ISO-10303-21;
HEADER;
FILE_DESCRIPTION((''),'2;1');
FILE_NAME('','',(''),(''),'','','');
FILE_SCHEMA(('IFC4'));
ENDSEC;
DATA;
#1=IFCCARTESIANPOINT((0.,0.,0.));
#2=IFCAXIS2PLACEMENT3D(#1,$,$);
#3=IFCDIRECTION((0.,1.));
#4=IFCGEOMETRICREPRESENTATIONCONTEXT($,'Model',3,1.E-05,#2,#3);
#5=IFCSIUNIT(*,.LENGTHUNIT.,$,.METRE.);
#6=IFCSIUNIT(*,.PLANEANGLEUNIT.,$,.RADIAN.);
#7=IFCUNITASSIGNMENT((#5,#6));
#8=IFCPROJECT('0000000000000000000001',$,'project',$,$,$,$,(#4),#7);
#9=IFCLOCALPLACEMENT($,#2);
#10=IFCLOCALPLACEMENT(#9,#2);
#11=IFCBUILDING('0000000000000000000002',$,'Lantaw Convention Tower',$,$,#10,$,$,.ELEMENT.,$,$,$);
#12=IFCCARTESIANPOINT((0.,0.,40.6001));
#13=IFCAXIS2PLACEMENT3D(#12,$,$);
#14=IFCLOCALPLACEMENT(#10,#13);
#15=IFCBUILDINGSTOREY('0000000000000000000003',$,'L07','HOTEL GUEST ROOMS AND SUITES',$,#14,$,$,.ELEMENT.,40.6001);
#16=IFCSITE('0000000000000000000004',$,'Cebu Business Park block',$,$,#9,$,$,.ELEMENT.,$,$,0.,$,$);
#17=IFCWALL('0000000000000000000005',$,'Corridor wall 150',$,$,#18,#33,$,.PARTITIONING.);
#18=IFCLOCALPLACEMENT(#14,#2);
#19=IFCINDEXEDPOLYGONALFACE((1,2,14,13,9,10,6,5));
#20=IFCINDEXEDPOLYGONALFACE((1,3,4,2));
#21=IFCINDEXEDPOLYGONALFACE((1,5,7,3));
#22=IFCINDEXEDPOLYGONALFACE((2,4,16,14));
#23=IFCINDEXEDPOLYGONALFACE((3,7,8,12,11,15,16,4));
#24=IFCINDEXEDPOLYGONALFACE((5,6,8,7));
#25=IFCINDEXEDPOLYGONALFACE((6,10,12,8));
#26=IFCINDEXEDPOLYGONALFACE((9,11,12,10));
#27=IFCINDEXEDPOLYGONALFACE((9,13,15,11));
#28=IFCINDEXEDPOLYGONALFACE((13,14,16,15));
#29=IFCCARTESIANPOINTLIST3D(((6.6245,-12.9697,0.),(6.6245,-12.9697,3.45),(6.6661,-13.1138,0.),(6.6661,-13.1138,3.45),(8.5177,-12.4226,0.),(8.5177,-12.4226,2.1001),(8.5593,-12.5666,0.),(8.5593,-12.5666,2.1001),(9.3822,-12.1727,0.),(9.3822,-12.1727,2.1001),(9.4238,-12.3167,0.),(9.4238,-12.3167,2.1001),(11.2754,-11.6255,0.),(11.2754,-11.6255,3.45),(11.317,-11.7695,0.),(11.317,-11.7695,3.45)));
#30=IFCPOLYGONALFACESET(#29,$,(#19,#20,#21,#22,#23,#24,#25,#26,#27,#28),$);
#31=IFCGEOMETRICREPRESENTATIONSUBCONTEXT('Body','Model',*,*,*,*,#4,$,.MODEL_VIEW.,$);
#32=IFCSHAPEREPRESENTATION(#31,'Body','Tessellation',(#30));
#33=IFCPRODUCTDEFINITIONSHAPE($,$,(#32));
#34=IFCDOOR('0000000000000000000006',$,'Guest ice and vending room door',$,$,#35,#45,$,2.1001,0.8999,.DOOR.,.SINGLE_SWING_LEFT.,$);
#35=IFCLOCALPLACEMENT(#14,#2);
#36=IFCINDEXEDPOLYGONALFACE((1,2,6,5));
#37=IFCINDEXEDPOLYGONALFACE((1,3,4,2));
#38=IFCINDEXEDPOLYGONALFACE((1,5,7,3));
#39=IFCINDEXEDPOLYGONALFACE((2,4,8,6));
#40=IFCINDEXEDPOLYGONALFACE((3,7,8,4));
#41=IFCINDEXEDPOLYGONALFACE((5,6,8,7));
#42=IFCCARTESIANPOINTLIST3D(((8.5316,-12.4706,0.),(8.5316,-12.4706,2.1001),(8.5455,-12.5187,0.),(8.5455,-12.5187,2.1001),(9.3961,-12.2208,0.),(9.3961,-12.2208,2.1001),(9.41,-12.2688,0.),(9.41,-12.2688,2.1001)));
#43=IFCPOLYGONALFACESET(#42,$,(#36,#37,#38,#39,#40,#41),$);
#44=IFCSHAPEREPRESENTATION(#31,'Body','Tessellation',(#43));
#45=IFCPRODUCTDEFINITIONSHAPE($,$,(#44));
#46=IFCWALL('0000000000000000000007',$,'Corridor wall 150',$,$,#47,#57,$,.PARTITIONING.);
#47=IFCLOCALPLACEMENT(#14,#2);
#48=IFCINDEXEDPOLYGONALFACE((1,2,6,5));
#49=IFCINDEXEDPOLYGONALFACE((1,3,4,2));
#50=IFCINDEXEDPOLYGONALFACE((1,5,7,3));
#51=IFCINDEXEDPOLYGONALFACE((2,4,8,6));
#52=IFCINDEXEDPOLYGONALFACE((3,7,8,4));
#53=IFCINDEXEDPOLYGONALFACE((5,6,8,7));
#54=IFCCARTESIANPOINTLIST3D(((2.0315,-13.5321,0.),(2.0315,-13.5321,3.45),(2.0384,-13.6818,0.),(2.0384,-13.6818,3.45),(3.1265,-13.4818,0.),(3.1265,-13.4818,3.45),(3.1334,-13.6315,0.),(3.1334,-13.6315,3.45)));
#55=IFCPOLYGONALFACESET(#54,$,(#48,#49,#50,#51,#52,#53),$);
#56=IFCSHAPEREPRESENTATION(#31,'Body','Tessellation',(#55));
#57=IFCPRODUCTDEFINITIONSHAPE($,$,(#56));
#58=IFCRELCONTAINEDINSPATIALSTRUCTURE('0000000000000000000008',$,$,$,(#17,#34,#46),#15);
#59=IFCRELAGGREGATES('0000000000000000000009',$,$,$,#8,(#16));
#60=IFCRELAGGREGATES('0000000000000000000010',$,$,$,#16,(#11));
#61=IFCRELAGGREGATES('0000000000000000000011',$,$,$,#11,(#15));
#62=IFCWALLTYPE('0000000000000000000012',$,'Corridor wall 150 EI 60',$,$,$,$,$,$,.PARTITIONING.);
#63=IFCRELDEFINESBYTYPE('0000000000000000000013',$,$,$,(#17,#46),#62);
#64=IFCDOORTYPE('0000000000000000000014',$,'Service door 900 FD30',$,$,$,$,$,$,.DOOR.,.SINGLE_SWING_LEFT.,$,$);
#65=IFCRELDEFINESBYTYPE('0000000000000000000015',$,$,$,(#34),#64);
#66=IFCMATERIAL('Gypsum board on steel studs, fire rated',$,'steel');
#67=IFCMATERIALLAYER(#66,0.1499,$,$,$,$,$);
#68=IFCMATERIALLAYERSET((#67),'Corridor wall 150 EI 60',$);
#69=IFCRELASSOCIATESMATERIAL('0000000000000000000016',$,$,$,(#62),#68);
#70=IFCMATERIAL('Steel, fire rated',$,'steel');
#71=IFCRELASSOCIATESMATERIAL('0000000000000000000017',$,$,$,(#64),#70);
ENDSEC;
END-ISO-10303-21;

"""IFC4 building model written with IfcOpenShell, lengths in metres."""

from ifc_helpers import new_model, si_unit, direction, frame, frame_2d, origin, place, context, subcontext, project, spatial, rectangle, extrude, material, layer, layer_set, type_object, element, fill, save


model = new_model("IFC4")

# Units and contexts
model_context = context("Model", 3, precision=1e-05, world=origin(), true_north=direction((0.0, 1.0)))
body_context = subcontext(model_context, "Body", "Model", "MODEL_VIEW")
ifc_project = project(units=[si_unit("LENGTHUNIT", "METRE"), si_unit("PLANEANGLEUNIT", "RADIAN")], contexts=[model_context])

# Site, building, storey
site_placement = place(None, origin())
site = spatial("IfcSite", under=ifc_project, at=site_placement, Name="Cebu Business Park block", CompositionType="ELEMENT", RefElevation=0.0)
building_placement = place(site_placement, origin())
building = spatial("IfcBuilding", under=site, at=building_placement, Name="Lantaw Convention Tower", CompositionType="ELEMENT")
storey_placement = place(building_placement, frame((0.0, 0.0, 40.6001)))
storey = spatial("IfcBuildingStorey", under=building, at=storey_placement, Name="L07", Description="HOTEL GUEST ROOMS AND SUITES", CompositionType="ELEMENT", Elevation=40.6001)

# Shared definitions
ifc_material_1 = material(Name="Gypsum board on steel studs, fire rated", Category="steel")
ifc_layer_1 = layer(ifc_material_1, 0.1499)
ifc_layer_set_1 = layer_set([ifc_layer_1], Name="Corridor wall 150 EI 60")
wall_type_1 = type_object("IfcWallType", Name="Corridor wall 150 EI 60", PredefinedType="PARTITIONING", material=ifc_layer_set_1)
ifc_material_2 = material(Name="Steel, fire rated", Category="steel")

# Wall, opening, door
wall_1_placement = place(storey_placement, frame((6.6453, -13.0417, 0.0), z_axis=(0.0, 0.0, 1.0), x_axis=(0.960678, 0.277664, 0.0)))
wall_1 = element("IfcWall", 1, at=wall_1_placement, inside=storey, type_object=wall_type_1, Name="Corridor wall 150", PredefinedType="PARTITIONING", context=body_context, shape_type="SweptSolid", body=[
    extrude(rectangle(XDim=4.8413, YDim=0.1499, at=frame_2d((2.4207, 0.0))), origin(), (0.0, 0.0, 1.0), 3.45),
])
opening_1_placement = place(wall_1_placement, frame((1.9707, 0.0, 0.0)))
opening_1 = element("IfcOpeningElement", 2, at=opening_1_placement, cuts=wall_1, PredefinedType="OPENING", context=body_context, shape_type="SweptSolid", body=[
    extrude(rectangle(XDim=0.8999, YDim=2.1001, at=frame_2d((0.45, 1.05))), frame((0.0, 0.085, 0.0), z_axis=(0.0, -1.0, 0.0), x_axis=(1.0, 0.0, 0.0)), (0.0, 0.0, 1.0), 0.1699),
])
door_type_1 = type_object("IfcDoorType", Name="Service door 900 FD30", OperationType="SINGLE_SWING_LEFT", PredefinedType="DOOR", material=ifc_material_2)
door_1_placement = place(opening_1_placement, origin())
door_1 = element("IfcDoor", 3, at=door_1_placement, inside=storey, type_object=door_type_1, Name="Guest ice and vending room door", OperationType="SINGLE_SWING_LEFT", OverallHeight=2.1001, OverallWidth=0.8999, PredefinedType="DOOR", context=body_context, shape_type="SweptSolid", body=[
    extrude(rectangle(XDim=0.8999, YDim=2.1001, at=frame_2d((0.45, 1.05))), frame((0.0, 0.0249, 0.0), z_axis=(0.0, -1.0, 0.0), x_axis=(1.0, 0.0, 0.0)), (0.0, 0.0, 1.0), 0.05),
])
fill(opening_1, door_1)

# Wall
wall_2_placement = place(storey_placement, frame((2.0349, -13.6069, 0.0), z_axis=(0.0, 0.0, 1.0), x_axis=(0.998947, 0.045883, 0.0)))
element("IfcWall", 4, at=wall_2_placement, inside=storey, type_object=wall_type_1, Name="Corridor wall 150", PredefinedType="PARTITIONING", context=body_context, shape_type="SweptSolid", body=[
    extrude(rectangle(XDim=1.0962, YDim=0.1499, at=frame_2d((0.5481, 0.0))), origin(), (0.0, 0.0, 1.0), 3.45),
])

save(model, "model.ifc")
